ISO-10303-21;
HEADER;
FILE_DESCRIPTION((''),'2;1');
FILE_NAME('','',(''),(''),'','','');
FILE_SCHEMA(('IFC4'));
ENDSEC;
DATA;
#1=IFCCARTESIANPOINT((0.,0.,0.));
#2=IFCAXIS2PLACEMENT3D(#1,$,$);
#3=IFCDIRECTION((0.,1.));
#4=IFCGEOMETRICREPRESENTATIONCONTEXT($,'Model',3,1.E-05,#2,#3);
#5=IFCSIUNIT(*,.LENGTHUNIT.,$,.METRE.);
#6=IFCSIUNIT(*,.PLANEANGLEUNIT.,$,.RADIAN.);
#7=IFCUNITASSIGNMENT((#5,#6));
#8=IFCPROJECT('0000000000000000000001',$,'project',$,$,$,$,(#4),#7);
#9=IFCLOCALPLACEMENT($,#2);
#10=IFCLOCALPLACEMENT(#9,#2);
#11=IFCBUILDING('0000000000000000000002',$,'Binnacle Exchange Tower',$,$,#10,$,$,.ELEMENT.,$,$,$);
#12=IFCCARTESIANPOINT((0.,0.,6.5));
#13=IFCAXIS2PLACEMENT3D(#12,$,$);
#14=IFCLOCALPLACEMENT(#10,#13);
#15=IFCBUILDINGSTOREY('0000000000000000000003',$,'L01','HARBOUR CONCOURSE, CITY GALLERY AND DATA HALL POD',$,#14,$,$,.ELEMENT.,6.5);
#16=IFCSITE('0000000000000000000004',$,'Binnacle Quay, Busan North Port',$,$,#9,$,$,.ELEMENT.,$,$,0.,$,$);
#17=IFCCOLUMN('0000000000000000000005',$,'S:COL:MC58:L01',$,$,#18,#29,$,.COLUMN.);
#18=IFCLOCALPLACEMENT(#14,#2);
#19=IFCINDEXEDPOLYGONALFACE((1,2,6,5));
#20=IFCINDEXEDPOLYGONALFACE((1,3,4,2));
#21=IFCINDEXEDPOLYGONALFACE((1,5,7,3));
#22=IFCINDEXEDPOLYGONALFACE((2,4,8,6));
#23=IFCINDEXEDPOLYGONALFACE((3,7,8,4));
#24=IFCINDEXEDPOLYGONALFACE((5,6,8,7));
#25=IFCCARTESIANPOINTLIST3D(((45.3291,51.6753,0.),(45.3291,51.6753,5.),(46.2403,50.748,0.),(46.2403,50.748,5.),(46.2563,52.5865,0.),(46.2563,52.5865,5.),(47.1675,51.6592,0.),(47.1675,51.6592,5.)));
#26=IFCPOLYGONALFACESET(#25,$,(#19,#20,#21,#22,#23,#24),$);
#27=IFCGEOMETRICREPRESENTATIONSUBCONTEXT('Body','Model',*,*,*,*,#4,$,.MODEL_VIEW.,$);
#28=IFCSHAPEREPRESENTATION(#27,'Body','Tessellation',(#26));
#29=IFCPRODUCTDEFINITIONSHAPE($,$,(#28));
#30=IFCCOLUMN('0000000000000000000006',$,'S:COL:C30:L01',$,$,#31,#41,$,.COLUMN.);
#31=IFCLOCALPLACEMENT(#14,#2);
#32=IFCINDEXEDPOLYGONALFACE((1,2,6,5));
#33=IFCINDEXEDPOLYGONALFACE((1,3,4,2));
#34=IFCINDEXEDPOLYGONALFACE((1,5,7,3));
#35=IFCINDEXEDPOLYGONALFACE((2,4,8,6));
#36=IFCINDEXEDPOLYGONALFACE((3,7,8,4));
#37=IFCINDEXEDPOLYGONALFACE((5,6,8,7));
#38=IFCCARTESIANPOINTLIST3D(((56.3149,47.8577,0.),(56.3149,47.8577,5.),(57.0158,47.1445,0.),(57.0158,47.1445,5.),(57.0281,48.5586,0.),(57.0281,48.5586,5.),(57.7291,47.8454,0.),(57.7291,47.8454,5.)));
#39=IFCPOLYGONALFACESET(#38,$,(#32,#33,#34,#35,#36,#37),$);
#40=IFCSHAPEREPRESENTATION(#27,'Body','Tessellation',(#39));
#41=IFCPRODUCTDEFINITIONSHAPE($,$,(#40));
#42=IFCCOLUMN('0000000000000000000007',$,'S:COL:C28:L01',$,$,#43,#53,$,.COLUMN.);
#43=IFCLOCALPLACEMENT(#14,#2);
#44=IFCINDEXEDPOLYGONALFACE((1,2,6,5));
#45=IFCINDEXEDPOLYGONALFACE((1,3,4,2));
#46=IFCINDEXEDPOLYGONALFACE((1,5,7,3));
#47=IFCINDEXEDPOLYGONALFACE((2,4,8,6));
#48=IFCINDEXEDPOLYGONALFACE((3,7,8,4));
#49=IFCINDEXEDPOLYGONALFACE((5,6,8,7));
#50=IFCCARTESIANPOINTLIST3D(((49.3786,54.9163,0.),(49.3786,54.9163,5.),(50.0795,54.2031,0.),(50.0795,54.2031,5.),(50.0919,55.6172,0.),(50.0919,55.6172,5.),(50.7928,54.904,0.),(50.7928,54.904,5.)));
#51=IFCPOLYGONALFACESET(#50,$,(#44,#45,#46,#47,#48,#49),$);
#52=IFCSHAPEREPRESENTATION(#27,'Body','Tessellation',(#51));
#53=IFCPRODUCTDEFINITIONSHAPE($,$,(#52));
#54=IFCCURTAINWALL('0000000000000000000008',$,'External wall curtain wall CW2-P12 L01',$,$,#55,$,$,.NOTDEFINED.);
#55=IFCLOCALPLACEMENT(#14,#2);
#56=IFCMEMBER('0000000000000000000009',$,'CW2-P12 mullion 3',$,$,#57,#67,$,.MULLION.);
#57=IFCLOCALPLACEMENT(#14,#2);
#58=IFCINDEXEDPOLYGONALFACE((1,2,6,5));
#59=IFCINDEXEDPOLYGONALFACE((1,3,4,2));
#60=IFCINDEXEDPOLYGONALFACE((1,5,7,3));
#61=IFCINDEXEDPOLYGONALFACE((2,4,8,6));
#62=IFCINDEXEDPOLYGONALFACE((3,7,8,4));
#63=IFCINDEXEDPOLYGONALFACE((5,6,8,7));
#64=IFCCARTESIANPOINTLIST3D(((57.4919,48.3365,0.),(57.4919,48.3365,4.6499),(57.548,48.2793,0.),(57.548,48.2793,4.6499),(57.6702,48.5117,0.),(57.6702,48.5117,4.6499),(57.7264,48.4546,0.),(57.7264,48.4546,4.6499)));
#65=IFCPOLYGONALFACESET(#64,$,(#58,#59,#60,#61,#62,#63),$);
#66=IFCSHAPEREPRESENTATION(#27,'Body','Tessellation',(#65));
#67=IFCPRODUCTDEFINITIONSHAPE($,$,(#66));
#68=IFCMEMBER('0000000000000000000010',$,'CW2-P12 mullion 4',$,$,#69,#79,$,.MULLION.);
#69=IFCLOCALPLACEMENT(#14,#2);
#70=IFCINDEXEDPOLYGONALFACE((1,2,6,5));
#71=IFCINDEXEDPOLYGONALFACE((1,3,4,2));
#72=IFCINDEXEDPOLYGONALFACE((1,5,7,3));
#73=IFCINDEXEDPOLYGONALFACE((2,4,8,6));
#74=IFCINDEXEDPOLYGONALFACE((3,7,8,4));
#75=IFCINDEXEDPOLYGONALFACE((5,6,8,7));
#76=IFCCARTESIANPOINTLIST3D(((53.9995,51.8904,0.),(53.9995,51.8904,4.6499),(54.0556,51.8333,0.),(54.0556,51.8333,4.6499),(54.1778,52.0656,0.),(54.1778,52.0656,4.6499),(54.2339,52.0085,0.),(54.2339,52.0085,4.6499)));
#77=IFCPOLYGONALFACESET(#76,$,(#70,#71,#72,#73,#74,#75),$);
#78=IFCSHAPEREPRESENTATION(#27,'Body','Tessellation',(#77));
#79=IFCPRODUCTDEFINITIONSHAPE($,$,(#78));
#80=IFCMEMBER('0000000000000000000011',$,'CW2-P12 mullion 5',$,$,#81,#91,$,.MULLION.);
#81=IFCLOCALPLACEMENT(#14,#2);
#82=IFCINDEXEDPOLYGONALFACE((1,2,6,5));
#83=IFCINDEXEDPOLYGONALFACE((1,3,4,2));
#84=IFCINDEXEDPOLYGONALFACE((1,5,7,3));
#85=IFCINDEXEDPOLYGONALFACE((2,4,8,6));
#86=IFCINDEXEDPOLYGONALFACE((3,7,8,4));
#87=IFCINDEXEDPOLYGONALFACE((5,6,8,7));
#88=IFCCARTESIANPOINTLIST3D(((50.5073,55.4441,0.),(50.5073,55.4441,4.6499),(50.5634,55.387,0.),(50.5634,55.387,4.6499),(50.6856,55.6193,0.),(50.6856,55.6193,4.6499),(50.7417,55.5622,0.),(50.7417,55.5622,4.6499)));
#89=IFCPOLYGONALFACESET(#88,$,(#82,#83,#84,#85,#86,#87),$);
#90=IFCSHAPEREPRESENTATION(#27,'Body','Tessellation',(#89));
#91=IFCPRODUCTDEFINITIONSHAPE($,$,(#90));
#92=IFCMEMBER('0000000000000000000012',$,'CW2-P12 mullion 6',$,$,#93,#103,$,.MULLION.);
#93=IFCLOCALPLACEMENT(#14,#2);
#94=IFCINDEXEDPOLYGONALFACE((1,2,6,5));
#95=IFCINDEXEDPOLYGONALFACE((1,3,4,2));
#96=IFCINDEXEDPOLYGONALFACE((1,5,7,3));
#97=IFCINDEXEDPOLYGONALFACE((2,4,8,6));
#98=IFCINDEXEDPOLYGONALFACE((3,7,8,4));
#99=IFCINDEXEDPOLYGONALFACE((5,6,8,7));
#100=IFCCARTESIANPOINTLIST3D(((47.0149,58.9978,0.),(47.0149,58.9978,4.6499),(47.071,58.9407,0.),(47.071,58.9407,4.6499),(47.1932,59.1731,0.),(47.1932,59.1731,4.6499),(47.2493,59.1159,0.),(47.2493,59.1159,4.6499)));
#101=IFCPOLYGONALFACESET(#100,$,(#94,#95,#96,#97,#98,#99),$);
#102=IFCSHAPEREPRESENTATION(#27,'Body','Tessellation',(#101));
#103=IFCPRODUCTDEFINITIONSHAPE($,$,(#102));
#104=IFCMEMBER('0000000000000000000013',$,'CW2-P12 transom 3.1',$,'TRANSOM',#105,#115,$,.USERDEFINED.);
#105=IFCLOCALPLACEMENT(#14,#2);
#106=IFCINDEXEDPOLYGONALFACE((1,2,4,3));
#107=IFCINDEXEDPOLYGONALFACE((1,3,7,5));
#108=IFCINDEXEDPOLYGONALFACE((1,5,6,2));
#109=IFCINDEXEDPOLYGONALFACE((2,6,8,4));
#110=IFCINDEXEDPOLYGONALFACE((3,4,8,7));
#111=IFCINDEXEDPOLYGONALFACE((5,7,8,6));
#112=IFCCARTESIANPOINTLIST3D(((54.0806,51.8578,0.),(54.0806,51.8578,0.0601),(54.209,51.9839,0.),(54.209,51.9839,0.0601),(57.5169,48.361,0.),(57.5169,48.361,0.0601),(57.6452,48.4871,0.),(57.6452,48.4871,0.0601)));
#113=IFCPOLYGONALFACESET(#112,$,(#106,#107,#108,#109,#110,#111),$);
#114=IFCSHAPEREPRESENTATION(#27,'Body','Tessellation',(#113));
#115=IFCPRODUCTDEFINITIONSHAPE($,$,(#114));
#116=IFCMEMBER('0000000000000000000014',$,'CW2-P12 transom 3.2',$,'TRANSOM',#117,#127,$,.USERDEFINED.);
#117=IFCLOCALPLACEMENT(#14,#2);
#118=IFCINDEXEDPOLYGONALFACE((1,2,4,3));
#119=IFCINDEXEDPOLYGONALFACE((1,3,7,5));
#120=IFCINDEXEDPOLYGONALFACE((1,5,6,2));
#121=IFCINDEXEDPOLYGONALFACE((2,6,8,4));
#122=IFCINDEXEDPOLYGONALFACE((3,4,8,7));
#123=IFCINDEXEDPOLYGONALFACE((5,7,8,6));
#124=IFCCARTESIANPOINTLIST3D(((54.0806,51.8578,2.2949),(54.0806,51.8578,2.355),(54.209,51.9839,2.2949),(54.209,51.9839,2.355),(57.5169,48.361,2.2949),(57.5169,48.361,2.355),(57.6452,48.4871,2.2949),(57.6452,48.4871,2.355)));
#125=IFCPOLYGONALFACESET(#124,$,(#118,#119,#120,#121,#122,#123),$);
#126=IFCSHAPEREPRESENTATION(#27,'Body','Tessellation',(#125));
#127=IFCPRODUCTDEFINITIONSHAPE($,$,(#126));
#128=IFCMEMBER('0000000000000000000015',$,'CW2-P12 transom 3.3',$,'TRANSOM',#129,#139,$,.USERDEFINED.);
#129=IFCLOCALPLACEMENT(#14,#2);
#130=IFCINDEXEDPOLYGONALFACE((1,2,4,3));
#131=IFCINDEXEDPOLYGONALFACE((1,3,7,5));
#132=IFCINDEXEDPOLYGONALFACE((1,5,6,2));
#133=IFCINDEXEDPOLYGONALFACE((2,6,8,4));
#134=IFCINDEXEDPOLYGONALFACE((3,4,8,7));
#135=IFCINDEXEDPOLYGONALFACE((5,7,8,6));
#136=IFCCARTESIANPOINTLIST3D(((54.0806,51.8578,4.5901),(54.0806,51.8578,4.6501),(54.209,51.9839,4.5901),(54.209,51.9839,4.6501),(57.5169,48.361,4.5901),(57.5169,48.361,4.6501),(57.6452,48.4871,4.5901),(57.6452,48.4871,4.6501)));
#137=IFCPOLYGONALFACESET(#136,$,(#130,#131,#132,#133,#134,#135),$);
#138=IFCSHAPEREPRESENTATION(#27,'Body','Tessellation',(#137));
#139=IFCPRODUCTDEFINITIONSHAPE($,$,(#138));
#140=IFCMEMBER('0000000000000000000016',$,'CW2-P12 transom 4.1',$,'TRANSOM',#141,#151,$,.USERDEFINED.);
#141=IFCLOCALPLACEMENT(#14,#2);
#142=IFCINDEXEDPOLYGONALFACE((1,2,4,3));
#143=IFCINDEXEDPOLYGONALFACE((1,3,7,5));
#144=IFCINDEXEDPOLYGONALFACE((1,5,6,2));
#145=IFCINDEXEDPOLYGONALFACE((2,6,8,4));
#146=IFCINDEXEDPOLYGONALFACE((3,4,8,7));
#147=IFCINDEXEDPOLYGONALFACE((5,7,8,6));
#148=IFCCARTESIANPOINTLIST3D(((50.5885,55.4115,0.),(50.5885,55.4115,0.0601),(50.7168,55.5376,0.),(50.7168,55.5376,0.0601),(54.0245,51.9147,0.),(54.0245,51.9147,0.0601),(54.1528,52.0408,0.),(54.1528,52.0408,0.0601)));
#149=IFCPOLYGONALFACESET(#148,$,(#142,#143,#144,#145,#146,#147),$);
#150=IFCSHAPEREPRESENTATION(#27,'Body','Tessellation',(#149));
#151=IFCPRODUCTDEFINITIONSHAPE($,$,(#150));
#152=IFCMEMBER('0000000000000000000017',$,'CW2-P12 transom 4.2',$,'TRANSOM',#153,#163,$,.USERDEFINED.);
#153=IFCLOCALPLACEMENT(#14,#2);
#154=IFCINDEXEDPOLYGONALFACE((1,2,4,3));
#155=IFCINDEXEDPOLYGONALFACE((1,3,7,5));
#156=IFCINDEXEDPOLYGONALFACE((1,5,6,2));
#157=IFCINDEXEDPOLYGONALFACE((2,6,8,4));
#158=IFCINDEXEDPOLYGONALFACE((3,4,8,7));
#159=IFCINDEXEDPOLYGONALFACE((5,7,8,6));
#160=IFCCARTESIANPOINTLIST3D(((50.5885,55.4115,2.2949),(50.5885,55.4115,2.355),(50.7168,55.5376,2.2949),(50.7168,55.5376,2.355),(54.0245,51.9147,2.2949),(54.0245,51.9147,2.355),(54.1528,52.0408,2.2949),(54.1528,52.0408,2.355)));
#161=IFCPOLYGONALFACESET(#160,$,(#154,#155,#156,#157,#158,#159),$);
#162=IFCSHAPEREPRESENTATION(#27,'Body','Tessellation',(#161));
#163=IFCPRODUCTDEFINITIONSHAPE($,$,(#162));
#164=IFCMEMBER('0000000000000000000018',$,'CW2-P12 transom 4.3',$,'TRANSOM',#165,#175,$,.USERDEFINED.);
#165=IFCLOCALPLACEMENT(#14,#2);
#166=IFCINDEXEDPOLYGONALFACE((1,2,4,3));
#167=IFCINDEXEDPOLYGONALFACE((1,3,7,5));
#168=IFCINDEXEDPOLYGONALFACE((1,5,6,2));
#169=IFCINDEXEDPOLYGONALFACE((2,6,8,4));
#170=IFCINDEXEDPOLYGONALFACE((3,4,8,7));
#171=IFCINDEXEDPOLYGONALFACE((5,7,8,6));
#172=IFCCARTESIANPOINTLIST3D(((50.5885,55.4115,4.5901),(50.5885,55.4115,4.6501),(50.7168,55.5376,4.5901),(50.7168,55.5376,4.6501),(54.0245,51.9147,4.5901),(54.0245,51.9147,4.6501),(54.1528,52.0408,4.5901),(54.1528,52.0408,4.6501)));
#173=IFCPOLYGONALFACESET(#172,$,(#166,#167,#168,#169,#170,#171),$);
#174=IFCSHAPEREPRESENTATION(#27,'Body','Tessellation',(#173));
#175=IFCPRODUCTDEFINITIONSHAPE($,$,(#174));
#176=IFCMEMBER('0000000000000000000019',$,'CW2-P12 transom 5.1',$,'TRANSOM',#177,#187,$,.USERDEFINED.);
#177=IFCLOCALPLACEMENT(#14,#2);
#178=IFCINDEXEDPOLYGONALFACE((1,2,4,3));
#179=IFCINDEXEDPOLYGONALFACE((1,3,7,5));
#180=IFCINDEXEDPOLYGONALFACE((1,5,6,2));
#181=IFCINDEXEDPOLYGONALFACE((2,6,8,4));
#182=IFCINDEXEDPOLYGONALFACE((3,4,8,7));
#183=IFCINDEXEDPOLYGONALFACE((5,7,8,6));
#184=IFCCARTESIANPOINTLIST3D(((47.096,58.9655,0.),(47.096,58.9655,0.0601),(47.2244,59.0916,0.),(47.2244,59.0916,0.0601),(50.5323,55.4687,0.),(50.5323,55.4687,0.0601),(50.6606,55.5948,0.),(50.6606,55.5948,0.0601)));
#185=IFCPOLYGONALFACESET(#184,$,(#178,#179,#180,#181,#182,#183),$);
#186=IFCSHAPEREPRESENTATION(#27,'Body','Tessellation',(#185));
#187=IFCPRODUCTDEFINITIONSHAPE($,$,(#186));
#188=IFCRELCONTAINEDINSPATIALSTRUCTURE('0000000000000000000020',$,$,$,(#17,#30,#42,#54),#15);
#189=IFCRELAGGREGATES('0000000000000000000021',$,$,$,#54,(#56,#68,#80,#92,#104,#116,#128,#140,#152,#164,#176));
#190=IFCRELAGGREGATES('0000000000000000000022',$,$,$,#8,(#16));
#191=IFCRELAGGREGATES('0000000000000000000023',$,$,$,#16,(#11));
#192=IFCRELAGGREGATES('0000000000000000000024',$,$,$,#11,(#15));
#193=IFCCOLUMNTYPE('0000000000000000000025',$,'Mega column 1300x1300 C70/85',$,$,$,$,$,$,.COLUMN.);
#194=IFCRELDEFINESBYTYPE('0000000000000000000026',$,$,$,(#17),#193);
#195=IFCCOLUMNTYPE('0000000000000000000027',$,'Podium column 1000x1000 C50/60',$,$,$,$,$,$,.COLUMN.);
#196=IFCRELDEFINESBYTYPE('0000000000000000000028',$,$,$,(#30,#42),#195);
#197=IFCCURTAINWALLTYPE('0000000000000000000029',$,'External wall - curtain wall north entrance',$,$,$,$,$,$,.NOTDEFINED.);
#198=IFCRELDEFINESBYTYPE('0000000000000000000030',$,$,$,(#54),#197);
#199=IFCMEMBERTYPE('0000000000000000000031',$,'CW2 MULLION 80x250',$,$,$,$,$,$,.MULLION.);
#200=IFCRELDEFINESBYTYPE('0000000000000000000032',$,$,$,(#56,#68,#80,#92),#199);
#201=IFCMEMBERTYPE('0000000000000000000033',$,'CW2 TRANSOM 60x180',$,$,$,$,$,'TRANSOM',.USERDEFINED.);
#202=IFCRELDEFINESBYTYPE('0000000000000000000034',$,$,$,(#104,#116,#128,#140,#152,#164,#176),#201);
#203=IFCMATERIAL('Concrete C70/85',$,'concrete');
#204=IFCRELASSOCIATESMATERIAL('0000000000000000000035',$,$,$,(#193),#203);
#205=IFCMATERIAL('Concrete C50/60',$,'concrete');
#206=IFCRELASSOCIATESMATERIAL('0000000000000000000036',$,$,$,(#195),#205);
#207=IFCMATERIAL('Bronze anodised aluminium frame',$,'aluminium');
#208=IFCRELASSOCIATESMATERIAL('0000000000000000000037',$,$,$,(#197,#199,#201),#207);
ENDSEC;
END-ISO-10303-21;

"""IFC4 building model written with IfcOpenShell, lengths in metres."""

from ifc_helpers import new_model, si_unit, direction, frame, origin, origin_2d, place, context, subcontext, project, spatial, rectangle, extrude, material, material_profile, profile_set, type_object, element, aggregate, save


model = new_model("IFC4")

# Units and contexts
model_context = context("Model", 3, precision=1e-05, world=origin(), true_north=direction((0.0, 1.0)))
body_context = subcontext(model_context, "Body", "Model", "MODEL_VIEW")
ifc_project = project(units=[si_unit("LENGTHUNIT", "METRE"), si_unit("PLANEANGLEUNIT", "RADIAN")], contexts=[model_context])

# Site, building, storey
site_placement = place(None, origin())
site = spatial("IfcSite", under=ifc_project, at=site_placement, Name="Binnacle Quay, Busan North Port", CompositionType="ELEMENT", RefElevation=0.0)
building_placement = place(site_placement, origin())
building = spatial("IfcBuilding", under=site, at=building_placement, Name="Binnacle Exchange Tower", CompositionType="ELEMENT")
storey_placement = place(building_placement, frame((0.0, 0.0, 6.5)))
storey = spatial("IfcBuildingStorey", under=building, at=storey_placement, Name="L01", Description="HARBOUR CONCOURSE, CITY GALLERY AND DATA HALL POD", CompositionType="ELEMENT", Elevation=6.5)

# Columns
ifc_material_1 = material(Name="Concrete C70/85", Category="concrete")
ifc_material_profile_1 = material_profile(ifc_material_1, rectangle(XDim=1.3, YDim=1.3, at=origin_2d()), Name="Mega column 1300x1300 C70/85")
ifc_profile_set_1 = profile_set([ifc_material_profile_1], Name="Concrete C70/85")
column_type_1 = type_object("IfcColumnType", Name="Mega column 1300x1300 C70/85", PredefinedType="COLUMN", material=ifc_profile_set_1)
column_placement = place(storey_placement, frame((46.2483, 51.6672, 0.0), z_axis=(0.0, 0.0, 1.0), x_axis=(-0.700909, 0.71325, 0.0)))
element("IfcColumn", 1, at=column_placement, inside=storey, type_object=column_type_1, Name="S:COL:MC58:L01", PredefinedType="COLUMN", context=body_context, shape_type="SweptSolid", body=[
    extrude(rectangle(XDim=1.3, YDim=1.3, at=origin_2d()), origin(), (0.0, 0.0, 1.0), 5.0),
])
ifc_material_2 = material(Name="Concrete C50/60", Category="concrete")
ifc_material_profile_2 = material_profile(ifc_material_2, rectangle(XDim=1.0, YDim=1.0, at=origin_2d()), Name="Podium column 1000x1000 C50/60")
ifc_profile_set_2 = profile_set([ifc_material_profile_2], Name="Concrete C50/60")
column_type_2 = type_object("IfcColumnType", Name="Podium column 1000x1000 C50/60", PredefinedType="COLUMN", material=ifc_profile_set_2)
for number, where, z_axis, x_axis, name in (
    (2, (57.022, 47.8516, 0.0), (0.0, 0.0, 1.0), (-0.700909, 0.71325, 0.0), "S:COL:C30:L01"),
    (3, (50.0857, 54.9102, 0.0), (0.0, 0.0, 1.0), (-0.700909, 0.71325, 0.0), "S:COL:C28:L01"),
):
    element("IfcColumn", number, at=place(storey_placement, frame(where, z_axis=z_axis, x_axis=x_axis)), inside=storey, type_object=column_type_2, Name=name, PredefinedType="COLUMN", context=body_context, shape_type="SweptSolid", body=[
        extrude(rectangle(XDim=1.0, YDim=1.0, at=origin_2d()), origin(), (0.0, 0.0, 1.0), 5.0),
    ])

# Curtain wall, members
ifc_material_3 = material(Name="Bronze anodised aluminium frame", Category="aluminium")
curtain_wall_type = type_object("IfcCurtainWallType", Name="External wall - curtain wall north entrance", PredefinedType="NOTDEFINED", material=ifc_material_3)
curtain_wall_placement = place(storey_placement, origin())
curtain_wall = element("IfcCurtainWall", 4, at=curtain_wall_placement, inside=storey, type_object=curtain_wall_type, Name="External wall curtain wall CW2-P12 L01", PredefinedType="NOTDEFINED")
ifc_material_profile_3 = material_profile(ifc_material_3, rectangle(XDim=0.25, YDim=0.0801, at=origin_2d()), Name="AL 80x250")
ifc_profile_set_3 = profile_set([ifc_material_profile_3], Name="Bronze anodised aluminium frame")
member_type_1 = type_object("IfcMemberType", Name="CW2 MULLION 80x250", PredefinedType="MULLION", material=ifc_profile_set_3)
member_1_placement = place(storey_placement, frame((57.6091, 48.3955, 0.0), z_axis=(0.0, 0.0, 1.0), x_axis=(-0.71325, -0.700909, 0.0)))
member_1 = element("IfcMember", 5, at=member_1_placement, type_object=member_type_1, Name="CW2-P12 mullion 3", PredefinedType="MULLION", context=body_context, shape_type="SweptSolid", body=[
    extrude(rectangle(XDim=0.25, YDim=0.0801, at=origin_2d()), origin(), (0.0, 0.0, 1.0), 4.6499),
])
member_2_placement = place(storey_placement, frame((54.1167, 51.9495, 0.0), z_axis=(0.0, 0.0, 1.0), x_axis=(-0.71325, -0.700909, 0.0)))
member_2 = element("IfcMember", 6, at=member_2_placement, type_object=member_type_1, Name="CW2-P12 mullion 4", PredefinedType="MULLION", context=body_context, shape_type="SweptSolid", body=[
    extrude(rectangle(XDim=0.25, YDim=0.0801, at=origin_2d()), origin(), (0.0, 0.0, 1.0), 4.6499),
])
member_3_placement = place(storey_placement, frame((50.6245, 55.5032, 0.0), z_axis=(0.0, 0.0, 1.0), x_axis=(-0.71325, -0.700909, 0.0)))
member_3 = element("IfcMember", 7, at=member_3_placement, type_object=member_type_1, Name="CW2-P12 mullion 5", PredefinedType="MULLION", context=body_context, shape_type="SweptSolid", body=[
    extrude(rectangle(XDim=0.25, YDim=0.0801, at=origin_2d()), origin(), (0.0, 0.0, 1.0), 4.6499),
])
member_4_placement = place(storey_placement, frame((47.1321, 59.0569, 0.0), z_axis=(0.0, 0.0, 1.0), x_axis=(-0.71325, -0.700909, 0.0)))
member_4 = element("IfcMember", 8, at=member_4_placement, type_object=member_type_1, Name="CW2-P12 mullion 6", PredefinedType="MULLION", context=body_context, shape_type="SweptSolid", body=[
    extrude(rectangle(XDim=0.25, YDim=0.0801, at=origin_2d()), origin(), (0.0, 0.0, 1.0), 4.6499),
])
ifc_material_profile_4 = material_profile(ifc_material_3, rectangle(XDim=0.1799, YDim=0.0601, at=origin_2d()), Name="AL 180x60")
ifc_profile_set_4 = profile_set([ifc_material_profile_4], Name="Bronze anodised aluminium frame")
member_type_2 = type_object("IfcMemberType", Name="CW2 TRANSOM 60x180", ElementType="TRANSOM", PredefinedType="USERDEFINED", material=ifc_profile_set_4)
member_5_placement = place(storey_placement, frame((57.5811, 48.4241, 0.03), z_axis=(-0.700905, 0.713255, 0.0), x_axis=(-0.713255, -0.700905, 0.0)))
member_5 = element("IfcMember", 9, at=member_5_placement, type_object=member_type_2, Name="CW2-P12 transom 3.1", ObjectType="TRANSOM", PredefinedType="USERDEFINED", context=body_context, shape_type="SweptSolid", body=[
    extrude(rectangle(XDim=0.1799, YDim=0.0601, at=origin_2d()), origin(), (0.0, 0.0, 1.0), 4.9026),
])
member_6_placement = place(storey_placement, frame((57.5811, 48.4241, 2.325), z_axis=(-0.700905, 0.713255, 0.0), x_axis=(-0.713255, -0.700905, 0.0)))
member_6 = element("IfcMember", 10, at=member_6_placement, type_object=member_type_2, Name="CW2-P12 transom 3.2", ObjectType="TRANSOM", PredefinedType="USERDEFINED", context=body_context, shape_type="SweptSolid", body=[
    extrude(rectangle(XDim=0.1799, YDim=0.0601, at=origin_2d()), origin(), (0.0, 0.0, 1.0), 4.9026),
])
member_7_placement = place(storey_placement, frame((57.5811, 48.4241, 4.6201), z_axis=(-0.700905, 0.713255, 0.0), x_axis=(-0.713255, -0.700905, 0.0)))
member_7 = element("IfcMember", 11, at=member_7_placement, type_object=member_type_2, Name="CW2-P12 transom 3.3", ObjectType="TRANSOM", PredefinedType="USERDEFINED", context=body_context, shape_type="SweptSolid", body=[
    extrude(rectangle(XDim=0.1799, YDim=0.0601, at=origin_2d()), origin(), (0.0, 0.0, 1.0), 4.9026),
])
member_8_placement = place(storey_placement, frame((54.0886, 51.9778, 0.03), z_axis=(-0.70088, 0.71328, 0.0), x_axis=(-0.71328, -0.70088, 0.0)))
member_8 = element("IfcMember", 12, at=member_8_placement, type_object=member_type_2, Name="CW2-P12 transom 4.1", ObjectType="TRANSOM", PredefinedType="USERDEFINED", context=body_context, shape_type="SweptSolid", body=[
    extrude(rectangle(XDim=0.1799, YDim=0.0601, at=origin_2d()), origin(), (0.0, 0.0, 1.0), 4.9023),
])
member_9_placement = place(storey_placement, frame((54.0886, 51.9778, 2.325), z_axis=(-0.70088, 0.71328, 0.0), x_axis=(-0.71328, -0.70088, 0.0)))
member_9 = element("IfcMember", 13, at=member_9_placement, type_object=member_type_2, Name="CW2-P12 transom 4.2", ObjectType="TRANSOM", PredefinedType="USERDEFINED", context=body_context, shape_type="SweptSolid", body=[
    extrude(rectangle(XDim=0.1799, YDim=0.0601, at=origin_2d()), origin(), (0.0, 0.0, 1.0), 4.9023),
])
member_10_placement = place(storey_placement, frame((54.0886, 51.9778, 4.6201), z_axis=(-0.70088, 0.71328, 0.0), x_axis=(-0.71328, -0.70088, 0.0)))
member_10 = element("IfcMember", 14, at=member_10_placement, type_object=member_type_2, Name="CW2-P12 transom 4.3", ObjectType="TRANSOM", PredefinedType="USERDEFINED", context=body_context, shape_type="SweptSolid", body=[
    extrude(rectangle(XDim=0.1799, YDim=0.0601, at=origin_2d()), origin(), (0.0, 0.0, 1.0), 4.9023),
])
member_11_placement = place(storey_placement, frame((50.5964, 55.5317, 0.03), z_axis=(-0.700905, 0.713255, 0.0), x_axis=(-0.713255, -0.700905, 0.0)))
member_11 = element("IfcMember", 15, at=member_11_placement, type_object=member_type_2, Name="CW2-P12 transom 5.1", ObjectType="TRANSOM", PredefinedType="USERDEFINED", context=body_context, shape_type="SweptSolid", body=[
    extrude(rectangle(XDim=0.1799, YDim=0.0601, at=origin_2d()), origin(), (0.0, 0.0, 1.0), 4.9026),
])

aggregate(curtain_wall, [member_1, member_2, member_3, member_4, member_5, member_6, member_7, member_8, member_9, member_10, member_11])

save(model, "model.ifc")
